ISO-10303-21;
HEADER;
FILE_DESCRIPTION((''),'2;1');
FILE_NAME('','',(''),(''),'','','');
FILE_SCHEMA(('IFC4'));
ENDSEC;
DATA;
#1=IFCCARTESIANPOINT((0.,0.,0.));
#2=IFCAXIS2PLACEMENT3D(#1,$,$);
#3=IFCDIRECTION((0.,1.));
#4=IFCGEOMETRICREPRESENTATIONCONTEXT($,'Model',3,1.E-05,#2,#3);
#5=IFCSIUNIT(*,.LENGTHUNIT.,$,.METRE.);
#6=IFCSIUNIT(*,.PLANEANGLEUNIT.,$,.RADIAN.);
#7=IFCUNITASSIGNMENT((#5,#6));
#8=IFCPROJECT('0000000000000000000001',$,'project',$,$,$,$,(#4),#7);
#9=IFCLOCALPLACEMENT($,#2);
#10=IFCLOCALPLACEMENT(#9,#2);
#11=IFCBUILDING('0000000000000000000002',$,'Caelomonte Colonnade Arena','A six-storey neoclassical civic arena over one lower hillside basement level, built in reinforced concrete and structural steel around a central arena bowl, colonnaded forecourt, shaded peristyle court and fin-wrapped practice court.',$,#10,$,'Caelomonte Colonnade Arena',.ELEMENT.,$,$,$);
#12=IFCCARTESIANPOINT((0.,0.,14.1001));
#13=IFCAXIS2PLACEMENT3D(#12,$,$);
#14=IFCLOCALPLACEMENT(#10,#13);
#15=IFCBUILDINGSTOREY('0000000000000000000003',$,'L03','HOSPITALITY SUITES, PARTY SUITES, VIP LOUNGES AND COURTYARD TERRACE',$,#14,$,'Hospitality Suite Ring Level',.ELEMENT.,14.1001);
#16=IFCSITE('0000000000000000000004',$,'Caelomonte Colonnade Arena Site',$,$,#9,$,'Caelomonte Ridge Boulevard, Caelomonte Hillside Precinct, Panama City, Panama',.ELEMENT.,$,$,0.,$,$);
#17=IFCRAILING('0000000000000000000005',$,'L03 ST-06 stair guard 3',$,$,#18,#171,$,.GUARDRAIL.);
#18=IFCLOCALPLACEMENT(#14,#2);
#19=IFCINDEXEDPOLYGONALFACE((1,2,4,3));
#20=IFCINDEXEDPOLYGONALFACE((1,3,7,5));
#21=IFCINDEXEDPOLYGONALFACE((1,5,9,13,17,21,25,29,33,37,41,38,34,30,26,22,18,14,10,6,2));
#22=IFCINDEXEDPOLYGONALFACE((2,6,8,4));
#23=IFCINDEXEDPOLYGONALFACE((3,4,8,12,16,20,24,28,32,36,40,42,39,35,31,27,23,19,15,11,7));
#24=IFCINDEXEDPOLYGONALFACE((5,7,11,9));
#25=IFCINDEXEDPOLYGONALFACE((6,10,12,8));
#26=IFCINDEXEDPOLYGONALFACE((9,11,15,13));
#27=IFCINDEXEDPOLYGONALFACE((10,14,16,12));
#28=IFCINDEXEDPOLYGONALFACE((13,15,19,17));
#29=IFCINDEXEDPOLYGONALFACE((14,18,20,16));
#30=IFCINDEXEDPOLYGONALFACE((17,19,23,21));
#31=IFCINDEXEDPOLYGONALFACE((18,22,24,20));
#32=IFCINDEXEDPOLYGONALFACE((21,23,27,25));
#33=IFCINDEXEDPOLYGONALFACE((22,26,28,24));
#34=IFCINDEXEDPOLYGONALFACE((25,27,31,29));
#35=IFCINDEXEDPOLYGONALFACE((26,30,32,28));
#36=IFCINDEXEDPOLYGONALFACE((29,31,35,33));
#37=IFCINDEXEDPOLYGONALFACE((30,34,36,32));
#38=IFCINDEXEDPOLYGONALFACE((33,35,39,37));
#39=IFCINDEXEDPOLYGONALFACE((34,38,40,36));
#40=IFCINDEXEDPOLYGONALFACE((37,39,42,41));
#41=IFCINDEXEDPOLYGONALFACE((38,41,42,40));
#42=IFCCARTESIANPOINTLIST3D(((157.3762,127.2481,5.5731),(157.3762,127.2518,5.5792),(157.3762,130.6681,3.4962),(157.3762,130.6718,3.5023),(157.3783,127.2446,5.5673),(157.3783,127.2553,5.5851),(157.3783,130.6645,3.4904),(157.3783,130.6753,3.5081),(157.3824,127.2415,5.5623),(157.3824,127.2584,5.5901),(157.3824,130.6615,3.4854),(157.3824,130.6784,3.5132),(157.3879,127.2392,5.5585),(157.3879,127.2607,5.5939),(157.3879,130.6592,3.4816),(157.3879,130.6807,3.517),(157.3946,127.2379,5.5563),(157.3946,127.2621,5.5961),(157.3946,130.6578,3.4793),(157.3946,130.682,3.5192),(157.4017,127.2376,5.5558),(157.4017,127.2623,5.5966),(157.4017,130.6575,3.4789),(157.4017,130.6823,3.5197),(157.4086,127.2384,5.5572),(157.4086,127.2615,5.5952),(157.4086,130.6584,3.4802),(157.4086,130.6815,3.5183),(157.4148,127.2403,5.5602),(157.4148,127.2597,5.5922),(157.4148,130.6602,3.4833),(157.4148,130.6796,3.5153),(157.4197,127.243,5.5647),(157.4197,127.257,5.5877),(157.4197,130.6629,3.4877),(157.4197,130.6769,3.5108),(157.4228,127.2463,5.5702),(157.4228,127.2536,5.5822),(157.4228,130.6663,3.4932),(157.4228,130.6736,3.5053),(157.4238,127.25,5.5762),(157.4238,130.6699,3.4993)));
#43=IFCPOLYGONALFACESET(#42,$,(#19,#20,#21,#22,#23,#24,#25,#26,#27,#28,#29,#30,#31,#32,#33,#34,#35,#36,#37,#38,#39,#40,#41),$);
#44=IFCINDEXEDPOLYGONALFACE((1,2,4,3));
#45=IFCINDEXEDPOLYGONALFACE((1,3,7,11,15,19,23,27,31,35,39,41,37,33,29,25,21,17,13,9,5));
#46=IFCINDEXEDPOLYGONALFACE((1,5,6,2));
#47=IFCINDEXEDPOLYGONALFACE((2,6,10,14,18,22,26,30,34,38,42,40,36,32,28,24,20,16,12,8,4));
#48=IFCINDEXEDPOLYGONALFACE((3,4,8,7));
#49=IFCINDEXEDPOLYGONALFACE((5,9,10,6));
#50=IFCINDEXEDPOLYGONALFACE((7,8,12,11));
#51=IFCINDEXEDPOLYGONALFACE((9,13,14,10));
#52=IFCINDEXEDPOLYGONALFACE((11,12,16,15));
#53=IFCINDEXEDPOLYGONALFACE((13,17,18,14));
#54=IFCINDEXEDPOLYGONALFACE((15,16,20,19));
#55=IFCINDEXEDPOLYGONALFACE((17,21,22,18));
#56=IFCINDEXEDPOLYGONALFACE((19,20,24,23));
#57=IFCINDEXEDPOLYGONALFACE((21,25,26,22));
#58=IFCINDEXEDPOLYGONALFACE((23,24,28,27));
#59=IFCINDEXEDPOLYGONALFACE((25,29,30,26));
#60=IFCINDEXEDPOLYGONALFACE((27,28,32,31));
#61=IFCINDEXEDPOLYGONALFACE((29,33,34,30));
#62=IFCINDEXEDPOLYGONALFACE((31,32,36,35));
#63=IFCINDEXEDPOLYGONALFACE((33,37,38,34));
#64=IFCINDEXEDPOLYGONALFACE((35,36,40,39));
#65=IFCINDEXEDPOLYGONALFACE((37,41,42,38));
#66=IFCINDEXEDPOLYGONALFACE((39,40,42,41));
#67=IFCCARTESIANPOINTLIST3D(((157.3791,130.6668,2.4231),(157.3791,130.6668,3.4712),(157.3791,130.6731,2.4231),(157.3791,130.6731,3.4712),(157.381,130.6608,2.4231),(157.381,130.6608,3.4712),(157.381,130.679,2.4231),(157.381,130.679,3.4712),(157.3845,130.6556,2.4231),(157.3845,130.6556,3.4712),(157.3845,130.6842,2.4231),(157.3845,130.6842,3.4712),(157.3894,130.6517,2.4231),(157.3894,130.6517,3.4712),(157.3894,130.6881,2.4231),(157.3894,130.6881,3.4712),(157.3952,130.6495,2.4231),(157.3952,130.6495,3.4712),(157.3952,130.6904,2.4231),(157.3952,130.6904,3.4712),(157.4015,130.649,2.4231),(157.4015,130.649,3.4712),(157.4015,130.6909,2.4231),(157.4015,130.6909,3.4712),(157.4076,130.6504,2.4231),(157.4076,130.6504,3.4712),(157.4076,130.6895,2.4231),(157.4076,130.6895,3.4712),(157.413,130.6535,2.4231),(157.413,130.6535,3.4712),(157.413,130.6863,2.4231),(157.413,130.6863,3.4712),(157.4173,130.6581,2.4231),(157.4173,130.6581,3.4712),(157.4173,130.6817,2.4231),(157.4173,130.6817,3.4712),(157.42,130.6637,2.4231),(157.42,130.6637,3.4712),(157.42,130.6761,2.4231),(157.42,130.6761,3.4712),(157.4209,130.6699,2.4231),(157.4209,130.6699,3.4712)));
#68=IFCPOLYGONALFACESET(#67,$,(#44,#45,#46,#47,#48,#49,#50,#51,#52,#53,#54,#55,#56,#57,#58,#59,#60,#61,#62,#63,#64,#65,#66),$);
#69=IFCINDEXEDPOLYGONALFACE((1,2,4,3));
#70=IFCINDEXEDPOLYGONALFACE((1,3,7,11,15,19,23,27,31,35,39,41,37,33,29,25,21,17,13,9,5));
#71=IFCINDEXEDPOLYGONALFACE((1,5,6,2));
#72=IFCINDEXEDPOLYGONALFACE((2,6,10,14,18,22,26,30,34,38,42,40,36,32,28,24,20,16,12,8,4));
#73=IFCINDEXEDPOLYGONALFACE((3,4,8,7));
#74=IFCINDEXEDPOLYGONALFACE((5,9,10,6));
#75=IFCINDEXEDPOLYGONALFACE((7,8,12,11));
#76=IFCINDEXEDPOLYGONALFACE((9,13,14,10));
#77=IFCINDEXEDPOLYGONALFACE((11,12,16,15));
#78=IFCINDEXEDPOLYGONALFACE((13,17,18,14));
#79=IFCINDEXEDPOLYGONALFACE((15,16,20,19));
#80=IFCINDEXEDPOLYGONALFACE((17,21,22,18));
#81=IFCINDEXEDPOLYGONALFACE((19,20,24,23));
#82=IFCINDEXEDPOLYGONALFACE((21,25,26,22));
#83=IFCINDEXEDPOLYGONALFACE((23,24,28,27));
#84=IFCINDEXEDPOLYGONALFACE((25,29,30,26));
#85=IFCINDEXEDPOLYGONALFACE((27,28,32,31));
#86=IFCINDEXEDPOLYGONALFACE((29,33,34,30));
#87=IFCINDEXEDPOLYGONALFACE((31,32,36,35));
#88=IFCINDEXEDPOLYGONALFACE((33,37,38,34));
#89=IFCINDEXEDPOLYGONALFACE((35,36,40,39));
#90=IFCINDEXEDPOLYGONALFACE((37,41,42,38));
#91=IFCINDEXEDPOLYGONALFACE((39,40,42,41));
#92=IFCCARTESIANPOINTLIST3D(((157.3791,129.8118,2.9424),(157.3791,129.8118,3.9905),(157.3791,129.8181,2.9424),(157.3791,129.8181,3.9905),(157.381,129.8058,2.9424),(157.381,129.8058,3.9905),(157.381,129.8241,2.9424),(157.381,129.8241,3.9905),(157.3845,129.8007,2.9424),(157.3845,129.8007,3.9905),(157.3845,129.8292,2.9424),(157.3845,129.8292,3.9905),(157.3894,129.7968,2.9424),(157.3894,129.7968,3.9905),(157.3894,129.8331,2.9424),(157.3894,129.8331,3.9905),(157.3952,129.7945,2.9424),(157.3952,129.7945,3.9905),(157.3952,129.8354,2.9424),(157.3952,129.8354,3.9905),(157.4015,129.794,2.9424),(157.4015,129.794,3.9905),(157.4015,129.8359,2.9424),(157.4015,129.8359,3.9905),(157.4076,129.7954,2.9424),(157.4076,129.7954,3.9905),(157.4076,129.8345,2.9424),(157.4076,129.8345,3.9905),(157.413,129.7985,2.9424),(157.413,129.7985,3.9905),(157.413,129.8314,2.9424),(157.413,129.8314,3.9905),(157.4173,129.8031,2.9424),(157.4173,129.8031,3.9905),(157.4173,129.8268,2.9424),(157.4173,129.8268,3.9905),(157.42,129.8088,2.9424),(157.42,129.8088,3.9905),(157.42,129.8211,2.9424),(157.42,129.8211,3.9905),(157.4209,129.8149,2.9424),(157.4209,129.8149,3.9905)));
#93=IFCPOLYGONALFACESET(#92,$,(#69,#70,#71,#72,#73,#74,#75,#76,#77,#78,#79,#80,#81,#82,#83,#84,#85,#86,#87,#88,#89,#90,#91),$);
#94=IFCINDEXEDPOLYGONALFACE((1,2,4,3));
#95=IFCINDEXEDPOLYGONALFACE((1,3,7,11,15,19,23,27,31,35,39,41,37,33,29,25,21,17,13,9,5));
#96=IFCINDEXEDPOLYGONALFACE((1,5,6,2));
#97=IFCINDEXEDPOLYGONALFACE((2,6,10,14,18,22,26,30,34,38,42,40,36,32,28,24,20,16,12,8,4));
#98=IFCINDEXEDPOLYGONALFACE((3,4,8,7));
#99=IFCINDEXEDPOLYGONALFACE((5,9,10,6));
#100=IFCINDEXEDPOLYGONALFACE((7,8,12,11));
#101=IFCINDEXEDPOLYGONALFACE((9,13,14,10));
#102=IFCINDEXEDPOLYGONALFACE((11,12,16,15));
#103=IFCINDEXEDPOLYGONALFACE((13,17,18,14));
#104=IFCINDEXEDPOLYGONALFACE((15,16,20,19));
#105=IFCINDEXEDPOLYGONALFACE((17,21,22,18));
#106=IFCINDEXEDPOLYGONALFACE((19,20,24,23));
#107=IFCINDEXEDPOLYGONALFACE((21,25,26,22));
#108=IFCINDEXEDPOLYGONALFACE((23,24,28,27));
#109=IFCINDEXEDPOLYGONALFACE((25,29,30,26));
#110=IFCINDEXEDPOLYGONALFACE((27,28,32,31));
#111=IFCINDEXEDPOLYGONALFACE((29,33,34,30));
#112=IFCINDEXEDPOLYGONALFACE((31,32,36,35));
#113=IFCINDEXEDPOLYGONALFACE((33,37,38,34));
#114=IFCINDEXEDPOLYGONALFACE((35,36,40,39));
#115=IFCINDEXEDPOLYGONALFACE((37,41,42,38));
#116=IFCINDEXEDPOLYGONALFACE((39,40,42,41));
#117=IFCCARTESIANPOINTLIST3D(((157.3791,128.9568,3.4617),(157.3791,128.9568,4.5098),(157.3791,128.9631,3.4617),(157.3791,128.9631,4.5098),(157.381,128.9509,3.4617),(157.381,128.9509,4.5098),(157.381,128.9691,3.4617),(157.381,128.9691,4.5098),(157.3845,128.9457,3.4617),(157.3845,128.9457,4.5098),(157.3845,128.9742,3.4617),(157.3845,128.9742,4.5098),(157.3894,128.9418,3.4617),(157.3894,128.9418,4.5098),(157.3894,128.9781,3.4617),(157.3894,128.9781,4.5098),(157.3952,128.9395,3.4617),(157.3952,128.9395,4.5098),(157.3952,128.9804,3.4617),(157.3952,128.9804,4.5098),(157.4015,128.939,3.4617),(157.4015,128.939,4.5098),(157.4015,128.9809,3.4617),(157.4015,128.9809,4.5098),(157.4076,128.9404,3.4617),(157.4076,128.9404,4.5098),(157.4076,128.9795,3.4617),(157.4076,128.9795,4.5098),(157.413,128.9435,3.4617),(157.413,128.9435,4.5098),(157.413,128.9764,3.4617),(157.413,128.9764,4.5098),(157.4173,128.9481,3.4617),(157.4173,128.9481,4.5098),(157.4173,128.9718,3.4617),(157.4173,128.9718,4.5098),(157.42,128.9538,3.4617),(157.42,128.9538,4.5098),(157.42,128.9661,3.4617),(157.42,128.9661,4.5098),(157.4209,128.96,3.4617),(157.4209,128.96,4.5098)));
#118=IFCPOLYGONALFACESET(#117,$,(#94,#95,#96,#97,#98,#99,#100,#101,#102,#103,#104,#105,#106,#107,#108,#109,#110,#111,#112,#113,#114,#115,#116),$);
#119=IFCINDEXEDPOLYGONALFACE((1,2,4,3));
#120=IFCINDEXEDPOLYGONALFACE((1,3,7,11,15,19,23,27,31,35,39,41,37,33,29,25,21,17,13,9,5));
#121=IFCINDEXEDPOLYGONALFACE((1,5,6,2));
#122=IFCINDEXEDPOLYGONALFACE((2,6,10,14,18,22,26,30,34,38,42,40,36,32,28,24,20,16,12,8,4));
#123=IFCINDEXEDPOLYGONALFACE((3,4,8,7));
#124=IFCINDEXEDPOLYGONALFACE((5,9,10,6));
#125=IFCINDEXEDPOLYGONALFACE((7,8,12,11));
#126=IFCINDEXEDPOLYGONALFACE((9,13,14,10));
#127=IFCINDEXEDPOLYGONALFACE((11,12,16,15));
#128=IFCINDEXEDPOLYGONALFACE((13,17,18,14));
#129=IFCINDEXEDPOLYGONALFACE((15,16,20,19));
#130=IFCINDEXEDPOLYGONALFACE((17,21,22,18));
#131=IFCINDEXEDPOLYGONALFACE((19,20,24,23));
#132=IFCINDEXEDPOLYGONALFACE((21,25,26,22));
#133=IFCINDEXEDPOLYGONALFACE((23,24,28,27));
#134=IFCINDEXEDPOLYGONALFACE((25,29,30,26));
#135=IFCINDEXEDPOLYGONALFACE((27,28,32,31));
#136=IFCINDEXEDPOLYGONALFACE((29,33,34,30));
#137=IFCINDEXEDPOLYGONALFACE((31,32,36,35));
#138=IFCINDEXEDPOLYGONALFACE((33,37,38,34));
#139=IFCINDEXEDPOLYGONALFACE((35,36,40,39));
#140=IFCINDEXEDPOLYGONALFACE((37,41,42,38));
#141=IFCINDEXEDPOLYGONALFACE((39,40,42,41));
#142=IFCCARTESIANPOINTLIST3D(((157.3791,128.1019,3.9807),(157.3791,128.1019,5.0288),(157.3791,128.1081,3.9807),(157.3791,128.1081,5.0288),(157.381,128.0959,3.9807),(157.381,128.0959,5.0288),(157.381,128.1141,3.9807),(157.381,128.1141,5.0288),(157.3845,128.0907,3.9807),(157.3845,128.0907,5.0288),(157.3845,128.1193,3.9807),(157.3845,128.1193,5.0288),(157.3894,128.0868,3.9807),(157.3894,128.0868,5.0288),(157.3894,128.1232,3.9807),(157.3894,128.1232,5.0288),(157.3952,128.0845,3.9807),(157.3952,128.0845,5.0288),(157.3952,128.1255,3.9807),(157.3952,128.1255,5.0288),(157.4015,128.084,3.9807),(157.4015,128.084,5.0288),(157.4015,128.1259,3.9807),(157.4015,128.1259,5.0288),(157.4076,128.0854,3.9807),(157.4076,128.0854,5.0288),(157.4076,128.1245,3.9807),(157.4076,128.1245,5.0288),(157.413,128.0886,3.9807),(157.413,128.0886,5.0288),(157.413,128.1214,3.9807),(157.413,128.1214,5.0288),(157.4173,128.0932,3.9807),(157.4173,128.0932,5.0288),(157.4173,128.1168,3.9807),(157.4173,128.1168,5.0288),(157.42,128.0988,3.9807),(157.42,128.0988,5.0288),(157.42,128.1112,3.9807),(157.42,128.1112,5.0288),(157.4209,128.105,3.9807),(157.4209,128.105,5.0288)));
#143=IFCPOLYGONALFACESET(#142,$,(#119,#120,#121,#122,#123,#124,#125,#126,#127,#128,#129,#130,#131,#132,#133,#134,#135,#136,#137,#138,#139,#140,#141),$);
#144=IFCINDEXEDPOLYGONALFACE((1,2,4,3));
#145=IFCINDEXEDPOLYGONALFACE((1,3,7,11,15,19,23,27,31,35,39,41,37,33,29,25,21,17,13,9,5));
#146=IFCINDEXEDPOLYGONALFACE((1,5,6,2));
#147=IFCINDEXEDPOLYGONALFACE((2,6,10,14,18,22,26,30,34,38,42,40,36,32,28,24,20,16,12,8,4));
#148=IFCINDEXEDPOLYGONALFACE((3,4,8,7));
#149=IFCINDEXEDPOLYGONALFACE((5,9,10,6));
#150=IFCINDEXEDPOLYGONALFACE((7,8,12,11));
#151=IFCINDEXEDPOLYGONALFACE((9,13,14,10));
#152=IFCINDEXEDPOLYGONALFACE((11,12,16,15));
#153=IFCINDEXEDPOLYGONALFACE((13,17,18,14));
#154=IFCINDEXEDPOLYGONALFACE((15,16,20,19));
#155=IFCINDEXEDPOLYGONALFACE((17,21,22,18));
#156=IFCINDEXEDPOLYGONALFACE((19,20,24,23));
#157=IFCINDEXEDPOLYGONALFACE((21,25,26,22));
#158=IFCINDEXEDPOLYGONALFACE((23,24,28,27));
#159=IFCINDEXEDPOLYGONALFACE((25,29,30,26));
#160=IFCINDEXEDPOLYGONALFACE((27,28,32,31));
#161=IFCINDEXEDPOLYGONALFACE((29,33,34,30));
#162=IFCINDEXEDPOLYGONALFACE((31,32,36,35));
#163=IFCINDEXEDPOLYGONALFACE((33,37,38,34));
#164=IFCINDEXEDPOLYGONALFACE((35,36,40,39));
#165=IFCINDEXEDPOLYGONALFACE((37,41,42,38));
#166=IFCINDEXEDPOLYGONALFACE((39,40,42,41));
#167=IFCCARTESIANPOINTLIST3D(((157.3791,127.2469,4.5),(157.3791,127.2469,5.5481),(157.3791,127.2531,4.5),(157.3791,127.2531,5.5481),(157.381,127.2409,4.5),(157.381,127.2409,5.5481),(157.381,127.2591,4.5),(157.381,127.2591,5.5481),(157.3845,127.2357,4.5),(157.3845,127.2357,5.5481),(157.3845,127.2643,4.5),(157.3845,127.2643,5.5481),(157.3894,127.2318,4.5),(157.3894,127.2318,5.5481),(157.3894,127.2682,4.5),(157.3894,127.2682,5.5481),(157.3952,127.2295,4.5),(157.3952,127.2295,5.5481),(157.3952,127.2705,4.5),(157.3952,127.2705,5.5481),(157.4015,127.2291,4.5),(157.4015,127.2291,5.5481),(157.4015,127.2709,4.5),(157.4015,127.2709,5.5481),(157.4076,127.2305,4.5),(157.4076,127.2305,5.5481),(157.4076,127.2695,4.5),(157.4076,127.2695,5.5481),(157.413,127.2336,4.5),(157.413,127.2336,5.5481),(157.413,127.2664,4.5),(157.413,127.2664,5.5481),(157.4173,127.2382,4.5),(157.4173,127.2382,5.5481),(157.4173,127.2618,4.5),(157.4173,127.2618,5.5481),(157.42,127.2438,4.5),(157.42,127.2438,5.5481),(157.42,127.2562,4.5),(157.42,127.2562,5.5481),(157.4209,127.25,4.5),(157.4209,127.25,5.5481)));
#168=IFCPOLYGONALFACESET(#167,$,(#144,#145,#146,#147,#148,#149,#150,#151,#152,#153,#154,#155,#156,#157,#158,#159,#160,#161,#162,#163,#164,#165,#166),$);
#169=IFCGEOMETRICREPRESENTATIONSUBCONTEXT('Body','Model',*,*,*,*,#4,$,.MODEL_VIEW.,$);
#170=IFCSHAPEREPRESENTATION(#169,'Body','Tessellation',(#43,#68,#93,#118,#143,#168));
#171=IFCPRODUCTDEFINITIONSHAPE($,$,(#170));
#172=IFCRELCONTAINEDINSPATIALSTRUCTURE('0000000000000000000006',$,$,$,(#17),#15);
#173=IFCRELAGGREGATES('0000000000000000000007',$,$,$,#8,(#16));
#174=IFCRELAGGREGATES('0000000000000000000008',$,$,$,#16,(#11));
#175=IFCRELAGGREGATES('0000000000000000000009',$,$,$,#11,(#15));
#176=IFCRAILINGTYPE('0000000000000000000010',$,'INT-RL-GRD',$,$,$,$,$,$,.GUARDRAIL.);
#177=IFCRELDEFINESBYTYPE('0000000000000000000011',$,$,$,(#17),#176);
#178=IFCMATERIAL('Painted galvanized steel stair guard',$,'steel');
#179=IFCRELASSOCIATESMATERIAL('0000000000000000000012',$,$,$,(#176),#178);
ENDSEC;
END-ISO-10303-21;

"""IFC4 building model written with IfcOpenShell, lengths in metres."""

from ifc_helpers import new_model, si_unit, direction, frame, origin, origin_2d, place, context, subcontext, project, spatial, circle, extrude, material, type_object, element, save


model = new_model("IFC4")

# Units and contexts
model_context = context("Model", 3, precision=1e-05, world=origin(), true_north=direction((0.0, 1.0)))
body_context = subcontext(model_context, "Body", "Model", "MODEL_VIEW")
ifc_project = project(units=[si_unit("LENGTHUNIT", "METRE"), si_unit("PLANEANGLEUNIT", "RADIAN")], contexts=[model_context])

# Site, building, storey
site_placement = place(None, origin())
site = spatial("IfcSite", under=ifc_project, at=site_placement, Name="Caelomonte Colonnade Arena Site", LongName="Caelomonte Ridge Boulevard, Caelomonte Hillside Precinct, Panama City, Panama", CompositionType="ELEMENT", RefElevation=0.0)
building_placement = place(site_placement, origin())
building = spatial("IfcBuilding", under=site, at=building_placement, Name="Caelomonte Colonnade Arena", Description="A six-storey neoclassical civic arena over one lower hillside basement level, built in reinforced concrete and structural steel around a central arena bowl, colonnaded forecourt, shaded peristyle court and fin-wrapped practice court.", LongName="Caelomonte Colonnade Arena", CompositionType="ELEMENT")
storey_placement = place(building_placement, frame((0.0, 0.0, 14.1001)))
storey = spatial("IfcBuildingStorey", under=building, at=storey_placement, Name="L03", Description="HOSPITALITY SUITES, PARTY SUITES, VIP LOUNGES AND COURTYARD TERRACE", LongName="Hospitality Suite Ring Level", CompositionType="ELEMENT", Elevation=14.1001)

# Railing
ifc_material_1 = material(Name="Painted galvanized steel stair guard", Category="steel")
railing_type_1 = type_object("IfcRailingType", Name="INT-RL-GRD", PredefinedType="GUARDRAIL", material=ifc_material_1)
railing_1_placement = place(storey_placement, frame((157.3999, 130.6699, 2.4231)))
element("IfcRailing", 1, at=railing_1_placement, inside=storey, type_object=railing_type_1, Name="L03 ST-06 stair guard 3", PredefinedType="GUARDRAIL", context=body_context, shape_type="SweptSolid", body=[
    extrude(circle(Radius=0.0239, at=origin_2d()), frame((0.0, 0.0, 1.0762), z_axis=(0.0, -0.85473, 0.519074), x_axis=(1.0, 0.0, 0.0)), (0.0, 0.0, 1.0), 4.0012),
    extrude(circle(Radius=0.021, at=origin_2d()), origin(), (0.0, 0.0, 1.0), 1.0481),
    extrude(circle(Radius=0.021, at=origin_2d()), frame((0.0, -0.855, 0.5193)), (0.0, 0.0, 1.0), 1.0481),
    extrude(circle(Radius=0.021, at=origin_2d()), frame((0.0, -1.71, 1.0386)), (0.0, 0.0, 1.0), 1.0481),
    extrude(circle(Radius=0.021, at=origin_2d()), frame((0.0, -2.5649, 1.5576)), (0.0, 0.0, 1.0), 1.0481),
    extrude(circle(Radius=0.021, at=origin_2d()), frame((0.0, -3.4199, 2.0769)), (0.0, 0.0, 1.0), 1.0481),
])

save(model, "model.ifc")
